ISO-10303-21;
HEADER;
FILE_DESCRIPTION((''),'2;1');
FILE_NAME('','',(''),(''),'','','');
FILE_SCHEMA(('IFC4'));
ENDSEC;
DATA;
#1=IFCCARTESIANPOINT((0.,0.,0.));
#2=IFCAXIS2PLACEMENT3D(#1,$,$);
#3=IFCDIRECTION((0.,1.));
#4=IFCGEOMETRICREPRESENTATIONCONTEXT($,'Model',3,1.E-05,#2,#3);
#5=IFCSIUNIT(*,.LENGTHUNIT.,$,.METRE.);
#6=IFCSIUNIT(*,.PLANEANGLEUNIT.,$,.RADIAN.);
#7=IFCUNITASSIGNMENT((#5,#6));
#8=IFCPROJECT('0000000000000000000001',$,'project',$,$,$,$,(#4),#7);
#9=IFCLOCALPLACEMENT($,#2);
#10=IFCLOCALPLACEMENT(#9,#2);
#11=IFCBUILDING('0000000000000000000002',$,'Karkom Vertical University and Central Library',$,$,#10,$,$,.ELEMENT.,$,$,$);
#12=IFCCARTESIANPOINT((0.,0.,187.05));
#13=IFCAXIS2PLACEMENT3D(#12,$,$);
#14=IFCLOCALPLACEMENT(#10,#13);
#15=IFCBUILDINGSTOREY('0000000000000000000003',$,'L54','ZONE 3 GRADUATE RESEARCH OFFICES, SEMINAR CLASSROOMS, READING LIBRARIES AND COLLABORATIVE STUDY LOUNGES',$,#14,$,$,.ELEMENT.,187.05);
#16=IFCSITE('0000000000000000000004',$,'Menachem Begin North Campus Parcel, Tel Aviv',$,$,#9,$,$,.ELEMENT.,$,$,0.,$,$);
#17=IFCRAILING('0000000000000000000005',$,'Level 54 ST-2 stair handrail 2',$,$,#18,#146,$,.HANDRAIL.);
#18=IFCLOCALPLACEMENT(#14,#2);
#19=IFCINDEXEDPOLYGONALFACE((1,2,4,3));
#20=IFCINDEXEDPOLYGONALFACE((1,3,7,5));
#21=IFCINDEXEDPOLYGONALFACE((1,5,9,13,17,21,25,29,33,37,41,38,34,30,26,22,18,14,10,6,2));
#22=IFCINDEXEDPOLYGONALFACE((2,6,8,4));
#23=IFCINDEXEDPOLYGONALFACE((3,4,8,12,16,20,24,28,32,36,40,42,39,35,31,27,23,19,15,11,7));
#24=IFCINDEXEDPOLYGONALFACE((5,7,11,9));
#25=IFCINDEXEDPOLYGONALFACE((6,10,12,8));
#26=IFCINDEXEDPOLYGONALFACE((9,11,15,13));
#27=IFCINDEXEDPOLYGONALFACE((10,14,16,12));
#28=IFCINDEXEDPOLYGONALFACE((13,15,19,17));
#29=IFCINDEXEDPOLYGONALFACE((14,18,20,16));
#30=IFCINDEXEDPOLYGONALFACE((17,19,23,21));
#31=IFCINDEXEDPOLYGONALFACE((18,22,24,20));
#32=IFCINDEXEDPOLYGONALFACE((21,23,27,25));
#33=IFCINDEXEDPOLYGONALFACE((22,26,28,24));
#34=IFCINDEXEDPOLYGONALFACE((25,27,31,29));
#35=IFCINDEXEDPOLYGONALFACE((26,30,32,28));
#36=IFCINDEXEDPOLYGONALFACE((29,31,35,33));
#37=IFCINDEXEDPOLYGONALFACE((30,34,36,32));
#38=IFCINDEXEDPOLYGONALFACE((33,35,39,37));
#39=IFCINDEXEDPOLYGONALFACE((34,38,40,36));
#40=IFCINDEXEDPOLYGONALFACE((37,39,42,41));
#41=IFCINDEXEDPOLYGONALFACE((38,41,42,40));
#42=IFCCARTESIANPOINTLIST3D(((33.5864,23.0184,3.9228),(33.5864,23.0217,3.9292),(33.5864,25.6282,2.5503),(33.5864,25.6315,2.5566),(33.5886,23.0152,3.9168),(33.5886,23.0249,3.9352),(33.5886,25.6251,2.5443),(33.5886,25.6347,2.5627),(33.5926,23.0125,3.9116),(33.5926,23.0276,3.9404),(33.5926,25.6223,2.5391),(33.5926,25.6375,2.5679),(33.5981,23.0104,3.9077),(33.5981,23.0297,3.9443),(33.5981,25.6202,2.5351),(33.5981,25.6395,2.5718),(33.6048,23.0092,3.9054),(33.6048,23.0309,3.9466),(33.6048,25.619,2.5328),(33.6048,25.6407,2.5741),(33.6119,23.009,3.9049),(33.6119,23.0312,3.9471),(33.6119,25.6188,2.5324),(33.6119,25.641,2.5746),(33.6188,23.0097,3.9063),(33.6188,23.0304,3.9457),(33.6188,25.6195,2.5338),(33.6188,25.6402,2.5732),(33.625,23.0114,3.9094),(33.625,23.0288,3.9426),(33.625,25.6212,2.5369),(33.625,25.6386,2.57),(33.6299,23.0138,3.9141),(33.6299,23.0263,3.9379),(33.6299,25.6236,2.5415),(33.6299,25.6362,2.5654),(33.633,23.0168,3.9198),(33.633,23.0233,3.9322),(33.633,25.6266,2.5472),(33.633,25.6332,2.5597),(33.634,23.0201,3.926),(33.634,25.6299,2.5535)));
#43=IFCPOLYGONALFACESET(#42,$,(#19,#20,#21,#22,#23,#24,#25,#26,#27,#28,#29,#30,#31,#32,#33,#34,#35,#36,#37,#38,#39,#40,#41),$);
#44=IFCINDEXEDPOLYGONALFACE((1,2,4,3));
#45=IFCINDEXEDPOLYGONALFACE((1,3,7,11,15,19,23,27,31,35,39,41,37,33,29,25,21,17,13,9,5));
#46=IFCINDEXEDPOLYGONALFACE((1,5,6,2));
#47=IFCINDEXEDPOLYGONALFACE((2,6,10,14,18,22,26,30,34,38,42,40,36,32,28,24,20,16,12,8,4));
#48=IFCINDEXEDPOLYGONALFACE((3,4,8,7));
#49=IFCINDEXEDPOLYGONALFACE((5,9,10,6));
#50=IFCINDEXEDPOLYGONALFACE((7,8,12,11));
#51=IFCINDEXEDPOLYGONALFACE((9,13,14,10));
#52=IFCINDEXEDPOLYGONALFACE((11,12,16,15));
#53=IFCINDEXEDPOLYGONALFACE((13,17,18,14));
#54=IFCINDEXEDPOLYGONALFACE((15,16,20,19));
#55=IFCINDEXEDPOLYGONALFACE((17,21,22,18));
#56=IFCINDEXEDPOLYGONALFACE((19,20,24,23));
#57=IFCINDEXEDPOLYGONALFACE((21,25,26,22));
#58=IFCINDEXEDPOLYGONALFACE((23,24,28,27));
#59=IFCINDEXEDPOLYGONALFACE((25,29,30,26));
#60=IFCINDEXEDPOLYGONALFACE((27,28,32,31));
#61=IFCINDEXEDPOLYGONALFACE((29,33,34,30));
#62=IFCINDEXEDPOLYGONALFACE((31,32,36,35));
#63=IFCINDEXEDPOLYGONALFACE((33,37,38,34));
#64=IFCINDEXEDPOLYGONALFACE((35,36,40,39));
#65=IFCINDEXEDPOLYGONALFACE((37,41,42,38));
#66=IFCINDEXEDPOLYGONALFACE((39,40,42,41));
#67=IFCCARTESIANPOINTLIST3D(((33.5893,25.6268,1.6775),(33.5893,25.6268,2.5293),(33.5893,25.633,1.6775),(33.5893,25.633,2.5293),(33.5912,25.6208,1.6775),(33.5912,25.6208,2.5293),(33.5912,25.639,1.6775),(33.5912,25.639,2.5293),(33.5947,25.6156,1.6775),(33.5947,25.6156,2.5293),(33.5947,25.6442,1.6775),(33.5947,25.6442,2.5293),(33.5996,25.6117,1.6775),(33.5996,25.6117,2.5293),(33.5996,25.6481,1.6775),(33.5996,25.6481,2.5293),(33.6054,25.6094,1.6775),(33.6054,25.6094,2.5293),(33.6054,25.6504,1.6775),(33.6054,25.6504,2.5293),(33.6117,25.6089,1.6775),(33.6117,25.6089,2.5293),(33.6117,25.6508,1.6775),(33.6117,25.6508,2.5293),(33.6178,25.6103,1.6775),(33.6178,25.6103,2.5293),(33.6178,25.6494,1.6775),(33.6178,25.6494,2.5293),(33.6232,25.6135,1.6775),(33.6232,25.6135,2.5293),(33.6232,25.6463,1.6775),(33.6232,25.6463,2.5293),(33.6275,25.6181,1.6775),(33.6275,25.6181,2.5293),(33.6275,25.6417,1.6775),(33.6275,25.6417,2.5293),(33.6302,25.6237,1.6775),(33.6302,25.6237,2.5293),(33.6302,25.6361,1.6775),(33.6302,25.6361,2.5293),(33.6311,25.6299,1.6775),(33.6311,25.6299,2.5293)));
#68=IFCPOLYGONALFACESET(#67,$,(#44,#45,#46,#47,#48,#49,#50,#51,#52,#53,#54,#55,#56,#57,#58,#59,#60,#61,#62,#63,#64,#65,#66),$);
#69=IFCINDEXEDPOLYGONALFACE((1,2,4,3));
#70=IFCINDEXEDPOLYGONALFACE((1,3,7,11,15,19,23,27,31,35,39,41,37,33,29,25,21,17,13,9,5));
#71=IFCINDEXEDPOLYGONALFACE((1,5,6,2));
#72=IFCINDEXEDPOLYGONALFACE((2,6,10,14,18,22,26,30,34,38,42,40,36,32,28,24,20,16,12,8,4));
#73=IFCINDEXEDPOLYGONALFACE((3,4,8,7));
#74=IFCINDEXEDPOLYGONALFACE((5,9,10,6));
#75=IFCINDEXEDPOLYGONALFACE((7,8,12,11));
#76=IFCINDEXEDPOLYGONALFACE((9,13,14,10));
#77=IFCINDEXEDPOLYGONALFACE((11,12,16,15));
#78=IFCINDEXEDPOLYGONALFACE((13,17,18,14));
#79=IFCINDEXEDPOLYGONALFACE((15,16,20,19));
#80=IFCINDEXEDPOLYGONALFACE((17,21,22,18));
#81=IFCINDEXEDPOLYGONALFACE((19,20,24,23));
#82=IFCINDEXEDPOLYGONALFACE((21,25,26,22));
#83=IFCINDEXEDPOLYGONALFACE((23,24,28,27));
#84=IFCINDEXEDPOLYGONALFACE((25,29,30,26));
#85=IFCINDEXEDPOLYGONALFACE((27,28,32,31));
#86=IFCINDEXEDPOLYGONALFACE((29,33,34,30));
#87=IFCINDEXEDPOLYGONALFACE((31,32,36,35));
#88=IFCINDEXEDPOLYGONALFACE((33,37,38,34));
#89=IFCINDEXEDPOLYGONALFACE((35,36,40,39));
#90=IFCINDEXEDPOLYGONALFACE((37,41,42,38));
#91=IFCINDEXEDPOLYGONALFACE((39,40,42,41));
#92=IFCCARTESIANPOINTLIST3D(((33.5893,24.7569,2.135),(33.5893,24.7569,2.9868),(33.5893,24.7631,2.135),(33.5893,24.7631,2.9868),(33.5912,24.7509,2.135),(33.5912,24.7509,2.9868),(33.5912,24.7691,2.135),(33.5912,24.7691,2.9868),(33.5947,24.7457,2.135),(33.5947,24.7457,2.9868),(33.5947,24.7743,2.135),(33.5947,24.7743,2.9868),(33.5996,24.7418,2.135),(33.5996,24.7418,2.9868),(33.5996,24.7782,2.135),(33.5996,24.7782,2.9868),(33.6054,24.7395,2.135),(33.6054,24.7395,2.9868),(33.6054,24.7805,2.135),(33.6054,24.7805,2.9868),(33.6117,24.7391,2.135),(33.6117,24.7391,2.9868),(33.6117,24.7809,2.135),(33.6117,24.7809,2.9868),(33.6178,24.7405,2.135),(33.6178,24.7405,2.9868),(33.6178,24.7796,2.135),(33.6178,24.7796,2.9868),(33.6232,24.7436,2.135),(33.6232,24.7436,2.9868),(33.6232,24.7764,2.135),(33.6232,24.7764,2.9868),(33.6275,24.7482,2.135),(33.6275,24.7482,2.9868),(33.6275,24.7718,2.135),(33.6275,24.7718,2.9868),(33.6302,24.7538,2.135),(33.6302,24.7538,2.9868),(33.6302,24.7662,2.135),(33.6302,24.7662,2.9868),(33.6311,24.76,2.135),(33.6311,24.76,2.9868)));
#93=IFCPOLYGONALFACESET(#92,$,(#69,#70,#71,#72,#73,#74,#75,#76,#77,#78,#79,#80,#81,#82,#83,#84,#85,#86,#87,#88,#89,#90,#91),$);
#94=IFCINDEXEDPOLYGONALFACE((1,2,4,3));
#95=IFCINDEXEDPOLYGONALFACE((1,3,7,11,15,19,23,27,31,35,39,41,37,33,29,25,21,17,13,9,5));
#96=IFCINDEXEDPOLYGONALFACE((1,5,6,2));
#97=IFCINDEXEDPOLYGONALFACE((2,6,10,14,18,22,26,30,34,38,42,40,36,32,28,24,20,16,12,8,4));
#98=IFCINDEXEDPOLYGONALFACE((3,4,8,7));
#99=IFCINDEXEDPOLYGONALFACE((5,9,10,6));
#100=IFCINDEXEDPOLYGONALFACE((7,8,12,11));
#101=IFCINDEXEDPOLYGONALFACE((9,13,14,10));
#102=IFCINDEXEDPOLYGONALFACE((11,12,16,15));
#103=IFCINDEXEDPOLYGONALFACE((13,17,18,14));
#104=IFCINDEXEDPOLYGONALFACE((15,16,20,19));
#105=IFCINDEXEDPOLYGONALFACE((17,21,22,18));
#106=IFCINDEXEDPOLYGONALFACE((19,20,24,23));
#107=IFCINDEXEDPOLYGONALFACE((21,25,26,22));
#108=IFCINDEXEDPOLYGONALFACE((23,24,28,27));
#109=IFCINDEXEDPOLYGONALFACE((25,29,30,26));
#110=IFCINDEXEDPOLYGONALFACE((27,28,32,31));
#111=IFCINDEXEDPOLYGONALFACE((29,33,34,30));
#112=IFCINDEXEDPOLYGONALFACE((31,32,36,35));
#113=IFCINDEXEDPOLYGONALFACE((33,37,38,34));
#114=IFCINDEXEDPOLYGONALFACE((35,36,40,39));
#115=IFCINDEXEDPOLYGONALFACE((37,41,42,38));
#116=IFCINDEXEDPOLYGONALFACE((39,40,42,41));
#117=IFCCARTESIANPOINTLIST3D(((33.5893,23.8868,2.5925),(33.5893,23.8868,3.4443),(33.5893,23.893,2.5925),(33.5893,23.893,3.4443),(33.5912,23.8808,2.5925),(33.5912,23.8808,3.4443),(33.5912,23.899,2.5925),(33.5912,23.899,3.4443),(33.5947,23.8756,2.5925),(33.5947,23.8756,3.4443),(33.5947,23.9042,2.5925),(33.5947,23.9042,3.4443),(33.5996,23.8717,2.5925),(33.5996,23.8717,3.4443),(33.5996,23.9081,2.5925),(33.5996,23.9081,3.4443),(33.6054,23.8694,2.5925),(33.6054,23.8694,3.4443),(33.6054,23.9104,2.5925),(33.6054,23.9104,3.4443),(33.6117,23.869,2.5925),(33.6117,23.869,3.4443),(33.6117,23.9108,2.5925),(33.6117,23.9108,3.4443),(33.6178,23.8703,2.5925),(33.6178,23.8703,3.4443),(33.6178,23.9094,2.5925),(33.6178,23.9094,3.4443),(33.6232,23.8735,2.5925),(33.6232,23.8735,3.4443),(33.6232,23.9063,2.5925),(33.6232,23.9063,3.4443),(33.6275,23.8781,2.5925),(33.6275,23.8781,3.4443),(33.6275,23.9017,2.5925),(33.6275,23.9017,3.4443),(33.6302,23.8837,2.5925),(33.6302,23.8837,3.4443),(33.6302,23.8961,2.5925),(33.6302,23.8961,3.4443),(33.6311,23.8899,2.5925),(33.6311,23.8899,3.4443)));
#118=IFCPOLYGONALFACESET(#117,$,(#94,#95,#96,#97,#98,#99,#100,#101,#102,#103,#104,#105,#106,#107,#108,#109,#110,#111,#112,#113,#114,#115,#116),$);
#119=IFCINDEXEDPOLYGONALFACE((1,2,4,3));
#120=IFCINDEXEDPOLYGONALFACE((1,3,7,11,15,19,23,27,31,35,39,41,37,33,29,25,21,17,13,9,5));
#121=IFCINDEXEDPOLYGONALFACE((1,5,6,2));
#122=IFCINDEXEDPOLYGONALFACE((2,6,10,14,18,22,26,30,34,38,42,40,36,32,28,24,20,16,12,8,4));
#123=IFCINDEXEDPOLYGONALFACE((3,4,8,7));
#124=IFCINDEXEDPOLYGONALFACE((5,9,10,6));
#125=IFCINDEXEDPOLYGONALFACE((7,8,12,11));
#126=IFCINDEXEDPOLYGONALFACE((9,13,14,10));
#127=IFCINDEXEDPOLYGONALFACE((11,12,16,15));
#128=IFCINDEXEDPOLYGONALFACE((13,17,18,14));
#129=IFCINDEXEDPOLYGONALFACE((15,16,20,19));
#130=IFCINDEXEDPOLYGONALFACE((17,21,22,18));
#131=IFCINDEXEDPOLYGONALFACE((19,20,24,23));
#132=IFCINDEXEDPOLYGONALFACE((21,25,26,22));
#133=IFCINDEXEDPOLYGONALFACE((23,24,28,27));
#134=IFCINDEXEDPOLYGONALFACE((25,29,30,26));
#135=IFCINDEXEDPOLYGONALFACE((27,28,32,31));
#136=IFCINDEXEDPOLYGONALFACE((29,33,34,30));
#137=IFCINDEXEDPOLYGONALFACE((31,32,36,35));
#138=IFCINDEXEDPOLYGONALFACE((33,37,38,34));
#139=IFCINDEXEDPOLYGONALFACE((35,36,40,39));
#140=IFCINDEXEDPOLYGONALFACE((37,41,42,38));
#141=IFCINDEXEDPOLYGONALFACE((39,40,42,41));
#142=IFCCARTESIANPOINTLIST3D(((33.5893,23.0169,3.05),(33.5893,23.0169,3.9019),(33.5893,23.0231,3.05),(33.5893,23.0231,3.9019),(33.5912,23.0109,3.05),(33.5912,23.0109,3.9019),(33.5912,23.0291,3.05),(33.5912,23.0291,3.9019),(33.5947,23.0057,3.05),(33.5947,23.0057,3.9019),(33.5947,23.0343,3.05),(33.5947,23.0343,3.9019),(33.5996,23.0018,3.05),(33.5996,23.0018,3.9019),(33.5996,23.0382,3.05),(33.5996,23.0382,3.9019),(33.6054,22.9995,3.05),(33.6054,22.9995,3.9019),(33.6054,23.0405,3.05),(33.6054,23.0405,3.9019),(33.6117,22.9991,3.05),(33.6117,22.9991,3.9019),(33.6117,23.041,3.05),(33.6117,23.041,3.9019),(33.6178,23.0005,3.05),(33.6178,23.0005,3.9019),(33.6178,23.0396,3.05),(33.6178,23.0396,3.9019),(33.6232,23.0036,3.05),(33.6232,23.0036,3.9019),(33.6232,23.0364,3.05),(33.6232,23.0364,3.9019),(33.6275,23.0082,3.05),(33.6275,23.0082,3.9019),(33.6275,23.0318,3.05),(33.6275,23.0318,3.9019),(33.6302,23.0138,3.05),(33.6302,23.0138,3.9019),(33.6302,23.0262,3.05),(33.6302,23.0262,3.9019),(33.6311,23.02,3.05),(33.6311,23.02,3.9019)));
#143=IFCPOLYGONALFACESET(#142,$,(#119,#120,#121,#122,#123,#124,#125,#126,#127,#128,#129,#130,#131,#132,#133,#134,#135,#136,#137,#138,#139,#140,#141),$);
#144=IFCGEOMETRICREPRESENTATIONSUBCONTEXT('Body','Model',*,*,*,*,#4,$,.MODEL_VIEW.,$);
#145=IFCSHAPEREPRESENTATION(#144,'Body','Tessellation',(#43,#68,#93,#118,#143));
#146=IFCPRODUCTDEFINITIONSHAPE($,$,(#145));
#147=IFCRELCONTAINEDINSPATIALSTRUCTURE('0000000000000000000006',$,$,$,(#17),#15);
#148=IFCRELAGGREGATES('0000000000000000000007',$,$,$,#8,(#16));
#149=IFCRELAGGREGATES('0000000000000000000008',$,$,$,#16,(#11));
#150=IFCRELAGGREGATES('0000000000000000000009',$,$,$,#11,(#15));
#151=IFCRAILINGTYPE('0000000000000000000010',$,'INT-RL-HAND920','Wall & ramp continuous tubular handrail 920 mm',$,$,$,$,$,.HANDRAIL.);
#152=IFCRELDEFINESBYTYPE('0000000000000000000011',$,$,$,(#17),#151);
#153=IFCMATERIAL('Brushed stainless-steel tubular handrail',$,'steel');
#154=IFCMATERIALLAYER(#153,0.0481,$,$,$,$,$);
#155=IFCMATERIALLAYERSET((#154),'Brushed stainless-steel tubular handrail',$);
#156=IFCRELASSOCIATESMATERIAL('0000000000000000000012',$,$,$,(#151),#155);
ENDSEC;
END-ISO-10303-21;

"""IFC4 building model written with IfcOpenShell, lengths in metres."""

from ifc_helpers import new_model, si_unit, direction, frame, origin, origin_2d, place, context, subcontext, project, spatial, circle, extrude, material, layer, layer_set, type_object, element, save


model = new_model("IFC4")

# Units and contexts
model_context = context("Model", 3, precision=1e-05, world=origin(), true_north=direction((0.0, 1.0)))
body_context = subcontext(model_context, "Body", "Model", "MODEL_VIEW")
ifc_project = project(units=[si_unit("LENGTHUNIT", "METRE"), si_unit("PLANEANGLEUNIT", "RADIAN")], contexts=[model_context])

# Site, building, storey
site_placement = place(None, origin())
site = spatial("IfcSite", under=ifc_project, at=site_placement, Name="Menachem Begin North Campus Parcel, Tel Aviv", CompositionType="ELEMENT", RefElevation=0.0)
building_placement = place(site_placement, origin())
building = spatial("IfcBuilding", under=site, at=building_placement, Name="Karkom Vertical University and Central Library", CompositionType="ELEMENT")
storey_placement = place(building_placement, frame((0.0, 0.0, 187.05)))
storey = spatial("IfcBuildingStorey", under=building, at=storey_placement, Name="L54", Description="ZONE 3 GRADUATE RESEARCH OFFICES, SEMINAR CLASSROOMS, READING LIBRARIES AND COLLABORATIVE STUDY LOUNGES", CompositionType="ELEMENT", Elevation=187.05)

# Railing
ifc_material_1 = material(Name="Brushed stainless-steel tubular handrail", Category="steel")
ifc_layer_1 = layer(ifc_material_1, 0.0481)
ifc_layer_set_1 = layer_set([ifc_layer_1], Name="Brushed stainless-steel tubular handrail")
railing_type_1 = type_object("IfcRailingType", Name="INT-RL-HAND920", Description="Wall & ramp continuous tubular handrail 920 mm", PredefinedType="HANDRAIL", material=ifc_layer_set_1)
railing_1_placement = place(storey_placement, frame((33.6101, 25.6299, 1.6775)))
element("IfcRailing", 1, at=railing_1_placement, inside=storey, type_object=railing_type_1, Name="Level 54 ST-2 stair handrail 2", PredefinedType="HANDRAIL", context=body_context, shape_type="SweptSolid", body=[
    extrude(circle(Radius=0.0239, at=origin_2d()), frame((0.0, 0.0, 0.876), z_axis=(0.0, -0.885065, 0.465467), x_axis=(1.0, 0.0, 0.0)), (0.0, 0.0, 1.0), 2.9487),
    extrude(circle(Radius=0.021, at=origin_2d()), origin(), (0.0, 0.0, 1.0), 0.8518),
    extrude(circle(Radius=0.021, at=origin_2d()), frame((0.0, -0.8699, 0.4575)), (0.0, 0.0, 1.0), 0.8518),
    extrude(circle(Radius=0.021, at=origin_2d()), frame((0.0, -1.74, 0.915)), (0.0, 0.0, 1.0), 0.8518),
    extrude(circle(Radius=0.021, at=origin_2d()), frame((0.0, -2.6099, 1.3726)), (0.0, 0.0, 1.0), 0.8518),
])

save(model, "model.ifc")
